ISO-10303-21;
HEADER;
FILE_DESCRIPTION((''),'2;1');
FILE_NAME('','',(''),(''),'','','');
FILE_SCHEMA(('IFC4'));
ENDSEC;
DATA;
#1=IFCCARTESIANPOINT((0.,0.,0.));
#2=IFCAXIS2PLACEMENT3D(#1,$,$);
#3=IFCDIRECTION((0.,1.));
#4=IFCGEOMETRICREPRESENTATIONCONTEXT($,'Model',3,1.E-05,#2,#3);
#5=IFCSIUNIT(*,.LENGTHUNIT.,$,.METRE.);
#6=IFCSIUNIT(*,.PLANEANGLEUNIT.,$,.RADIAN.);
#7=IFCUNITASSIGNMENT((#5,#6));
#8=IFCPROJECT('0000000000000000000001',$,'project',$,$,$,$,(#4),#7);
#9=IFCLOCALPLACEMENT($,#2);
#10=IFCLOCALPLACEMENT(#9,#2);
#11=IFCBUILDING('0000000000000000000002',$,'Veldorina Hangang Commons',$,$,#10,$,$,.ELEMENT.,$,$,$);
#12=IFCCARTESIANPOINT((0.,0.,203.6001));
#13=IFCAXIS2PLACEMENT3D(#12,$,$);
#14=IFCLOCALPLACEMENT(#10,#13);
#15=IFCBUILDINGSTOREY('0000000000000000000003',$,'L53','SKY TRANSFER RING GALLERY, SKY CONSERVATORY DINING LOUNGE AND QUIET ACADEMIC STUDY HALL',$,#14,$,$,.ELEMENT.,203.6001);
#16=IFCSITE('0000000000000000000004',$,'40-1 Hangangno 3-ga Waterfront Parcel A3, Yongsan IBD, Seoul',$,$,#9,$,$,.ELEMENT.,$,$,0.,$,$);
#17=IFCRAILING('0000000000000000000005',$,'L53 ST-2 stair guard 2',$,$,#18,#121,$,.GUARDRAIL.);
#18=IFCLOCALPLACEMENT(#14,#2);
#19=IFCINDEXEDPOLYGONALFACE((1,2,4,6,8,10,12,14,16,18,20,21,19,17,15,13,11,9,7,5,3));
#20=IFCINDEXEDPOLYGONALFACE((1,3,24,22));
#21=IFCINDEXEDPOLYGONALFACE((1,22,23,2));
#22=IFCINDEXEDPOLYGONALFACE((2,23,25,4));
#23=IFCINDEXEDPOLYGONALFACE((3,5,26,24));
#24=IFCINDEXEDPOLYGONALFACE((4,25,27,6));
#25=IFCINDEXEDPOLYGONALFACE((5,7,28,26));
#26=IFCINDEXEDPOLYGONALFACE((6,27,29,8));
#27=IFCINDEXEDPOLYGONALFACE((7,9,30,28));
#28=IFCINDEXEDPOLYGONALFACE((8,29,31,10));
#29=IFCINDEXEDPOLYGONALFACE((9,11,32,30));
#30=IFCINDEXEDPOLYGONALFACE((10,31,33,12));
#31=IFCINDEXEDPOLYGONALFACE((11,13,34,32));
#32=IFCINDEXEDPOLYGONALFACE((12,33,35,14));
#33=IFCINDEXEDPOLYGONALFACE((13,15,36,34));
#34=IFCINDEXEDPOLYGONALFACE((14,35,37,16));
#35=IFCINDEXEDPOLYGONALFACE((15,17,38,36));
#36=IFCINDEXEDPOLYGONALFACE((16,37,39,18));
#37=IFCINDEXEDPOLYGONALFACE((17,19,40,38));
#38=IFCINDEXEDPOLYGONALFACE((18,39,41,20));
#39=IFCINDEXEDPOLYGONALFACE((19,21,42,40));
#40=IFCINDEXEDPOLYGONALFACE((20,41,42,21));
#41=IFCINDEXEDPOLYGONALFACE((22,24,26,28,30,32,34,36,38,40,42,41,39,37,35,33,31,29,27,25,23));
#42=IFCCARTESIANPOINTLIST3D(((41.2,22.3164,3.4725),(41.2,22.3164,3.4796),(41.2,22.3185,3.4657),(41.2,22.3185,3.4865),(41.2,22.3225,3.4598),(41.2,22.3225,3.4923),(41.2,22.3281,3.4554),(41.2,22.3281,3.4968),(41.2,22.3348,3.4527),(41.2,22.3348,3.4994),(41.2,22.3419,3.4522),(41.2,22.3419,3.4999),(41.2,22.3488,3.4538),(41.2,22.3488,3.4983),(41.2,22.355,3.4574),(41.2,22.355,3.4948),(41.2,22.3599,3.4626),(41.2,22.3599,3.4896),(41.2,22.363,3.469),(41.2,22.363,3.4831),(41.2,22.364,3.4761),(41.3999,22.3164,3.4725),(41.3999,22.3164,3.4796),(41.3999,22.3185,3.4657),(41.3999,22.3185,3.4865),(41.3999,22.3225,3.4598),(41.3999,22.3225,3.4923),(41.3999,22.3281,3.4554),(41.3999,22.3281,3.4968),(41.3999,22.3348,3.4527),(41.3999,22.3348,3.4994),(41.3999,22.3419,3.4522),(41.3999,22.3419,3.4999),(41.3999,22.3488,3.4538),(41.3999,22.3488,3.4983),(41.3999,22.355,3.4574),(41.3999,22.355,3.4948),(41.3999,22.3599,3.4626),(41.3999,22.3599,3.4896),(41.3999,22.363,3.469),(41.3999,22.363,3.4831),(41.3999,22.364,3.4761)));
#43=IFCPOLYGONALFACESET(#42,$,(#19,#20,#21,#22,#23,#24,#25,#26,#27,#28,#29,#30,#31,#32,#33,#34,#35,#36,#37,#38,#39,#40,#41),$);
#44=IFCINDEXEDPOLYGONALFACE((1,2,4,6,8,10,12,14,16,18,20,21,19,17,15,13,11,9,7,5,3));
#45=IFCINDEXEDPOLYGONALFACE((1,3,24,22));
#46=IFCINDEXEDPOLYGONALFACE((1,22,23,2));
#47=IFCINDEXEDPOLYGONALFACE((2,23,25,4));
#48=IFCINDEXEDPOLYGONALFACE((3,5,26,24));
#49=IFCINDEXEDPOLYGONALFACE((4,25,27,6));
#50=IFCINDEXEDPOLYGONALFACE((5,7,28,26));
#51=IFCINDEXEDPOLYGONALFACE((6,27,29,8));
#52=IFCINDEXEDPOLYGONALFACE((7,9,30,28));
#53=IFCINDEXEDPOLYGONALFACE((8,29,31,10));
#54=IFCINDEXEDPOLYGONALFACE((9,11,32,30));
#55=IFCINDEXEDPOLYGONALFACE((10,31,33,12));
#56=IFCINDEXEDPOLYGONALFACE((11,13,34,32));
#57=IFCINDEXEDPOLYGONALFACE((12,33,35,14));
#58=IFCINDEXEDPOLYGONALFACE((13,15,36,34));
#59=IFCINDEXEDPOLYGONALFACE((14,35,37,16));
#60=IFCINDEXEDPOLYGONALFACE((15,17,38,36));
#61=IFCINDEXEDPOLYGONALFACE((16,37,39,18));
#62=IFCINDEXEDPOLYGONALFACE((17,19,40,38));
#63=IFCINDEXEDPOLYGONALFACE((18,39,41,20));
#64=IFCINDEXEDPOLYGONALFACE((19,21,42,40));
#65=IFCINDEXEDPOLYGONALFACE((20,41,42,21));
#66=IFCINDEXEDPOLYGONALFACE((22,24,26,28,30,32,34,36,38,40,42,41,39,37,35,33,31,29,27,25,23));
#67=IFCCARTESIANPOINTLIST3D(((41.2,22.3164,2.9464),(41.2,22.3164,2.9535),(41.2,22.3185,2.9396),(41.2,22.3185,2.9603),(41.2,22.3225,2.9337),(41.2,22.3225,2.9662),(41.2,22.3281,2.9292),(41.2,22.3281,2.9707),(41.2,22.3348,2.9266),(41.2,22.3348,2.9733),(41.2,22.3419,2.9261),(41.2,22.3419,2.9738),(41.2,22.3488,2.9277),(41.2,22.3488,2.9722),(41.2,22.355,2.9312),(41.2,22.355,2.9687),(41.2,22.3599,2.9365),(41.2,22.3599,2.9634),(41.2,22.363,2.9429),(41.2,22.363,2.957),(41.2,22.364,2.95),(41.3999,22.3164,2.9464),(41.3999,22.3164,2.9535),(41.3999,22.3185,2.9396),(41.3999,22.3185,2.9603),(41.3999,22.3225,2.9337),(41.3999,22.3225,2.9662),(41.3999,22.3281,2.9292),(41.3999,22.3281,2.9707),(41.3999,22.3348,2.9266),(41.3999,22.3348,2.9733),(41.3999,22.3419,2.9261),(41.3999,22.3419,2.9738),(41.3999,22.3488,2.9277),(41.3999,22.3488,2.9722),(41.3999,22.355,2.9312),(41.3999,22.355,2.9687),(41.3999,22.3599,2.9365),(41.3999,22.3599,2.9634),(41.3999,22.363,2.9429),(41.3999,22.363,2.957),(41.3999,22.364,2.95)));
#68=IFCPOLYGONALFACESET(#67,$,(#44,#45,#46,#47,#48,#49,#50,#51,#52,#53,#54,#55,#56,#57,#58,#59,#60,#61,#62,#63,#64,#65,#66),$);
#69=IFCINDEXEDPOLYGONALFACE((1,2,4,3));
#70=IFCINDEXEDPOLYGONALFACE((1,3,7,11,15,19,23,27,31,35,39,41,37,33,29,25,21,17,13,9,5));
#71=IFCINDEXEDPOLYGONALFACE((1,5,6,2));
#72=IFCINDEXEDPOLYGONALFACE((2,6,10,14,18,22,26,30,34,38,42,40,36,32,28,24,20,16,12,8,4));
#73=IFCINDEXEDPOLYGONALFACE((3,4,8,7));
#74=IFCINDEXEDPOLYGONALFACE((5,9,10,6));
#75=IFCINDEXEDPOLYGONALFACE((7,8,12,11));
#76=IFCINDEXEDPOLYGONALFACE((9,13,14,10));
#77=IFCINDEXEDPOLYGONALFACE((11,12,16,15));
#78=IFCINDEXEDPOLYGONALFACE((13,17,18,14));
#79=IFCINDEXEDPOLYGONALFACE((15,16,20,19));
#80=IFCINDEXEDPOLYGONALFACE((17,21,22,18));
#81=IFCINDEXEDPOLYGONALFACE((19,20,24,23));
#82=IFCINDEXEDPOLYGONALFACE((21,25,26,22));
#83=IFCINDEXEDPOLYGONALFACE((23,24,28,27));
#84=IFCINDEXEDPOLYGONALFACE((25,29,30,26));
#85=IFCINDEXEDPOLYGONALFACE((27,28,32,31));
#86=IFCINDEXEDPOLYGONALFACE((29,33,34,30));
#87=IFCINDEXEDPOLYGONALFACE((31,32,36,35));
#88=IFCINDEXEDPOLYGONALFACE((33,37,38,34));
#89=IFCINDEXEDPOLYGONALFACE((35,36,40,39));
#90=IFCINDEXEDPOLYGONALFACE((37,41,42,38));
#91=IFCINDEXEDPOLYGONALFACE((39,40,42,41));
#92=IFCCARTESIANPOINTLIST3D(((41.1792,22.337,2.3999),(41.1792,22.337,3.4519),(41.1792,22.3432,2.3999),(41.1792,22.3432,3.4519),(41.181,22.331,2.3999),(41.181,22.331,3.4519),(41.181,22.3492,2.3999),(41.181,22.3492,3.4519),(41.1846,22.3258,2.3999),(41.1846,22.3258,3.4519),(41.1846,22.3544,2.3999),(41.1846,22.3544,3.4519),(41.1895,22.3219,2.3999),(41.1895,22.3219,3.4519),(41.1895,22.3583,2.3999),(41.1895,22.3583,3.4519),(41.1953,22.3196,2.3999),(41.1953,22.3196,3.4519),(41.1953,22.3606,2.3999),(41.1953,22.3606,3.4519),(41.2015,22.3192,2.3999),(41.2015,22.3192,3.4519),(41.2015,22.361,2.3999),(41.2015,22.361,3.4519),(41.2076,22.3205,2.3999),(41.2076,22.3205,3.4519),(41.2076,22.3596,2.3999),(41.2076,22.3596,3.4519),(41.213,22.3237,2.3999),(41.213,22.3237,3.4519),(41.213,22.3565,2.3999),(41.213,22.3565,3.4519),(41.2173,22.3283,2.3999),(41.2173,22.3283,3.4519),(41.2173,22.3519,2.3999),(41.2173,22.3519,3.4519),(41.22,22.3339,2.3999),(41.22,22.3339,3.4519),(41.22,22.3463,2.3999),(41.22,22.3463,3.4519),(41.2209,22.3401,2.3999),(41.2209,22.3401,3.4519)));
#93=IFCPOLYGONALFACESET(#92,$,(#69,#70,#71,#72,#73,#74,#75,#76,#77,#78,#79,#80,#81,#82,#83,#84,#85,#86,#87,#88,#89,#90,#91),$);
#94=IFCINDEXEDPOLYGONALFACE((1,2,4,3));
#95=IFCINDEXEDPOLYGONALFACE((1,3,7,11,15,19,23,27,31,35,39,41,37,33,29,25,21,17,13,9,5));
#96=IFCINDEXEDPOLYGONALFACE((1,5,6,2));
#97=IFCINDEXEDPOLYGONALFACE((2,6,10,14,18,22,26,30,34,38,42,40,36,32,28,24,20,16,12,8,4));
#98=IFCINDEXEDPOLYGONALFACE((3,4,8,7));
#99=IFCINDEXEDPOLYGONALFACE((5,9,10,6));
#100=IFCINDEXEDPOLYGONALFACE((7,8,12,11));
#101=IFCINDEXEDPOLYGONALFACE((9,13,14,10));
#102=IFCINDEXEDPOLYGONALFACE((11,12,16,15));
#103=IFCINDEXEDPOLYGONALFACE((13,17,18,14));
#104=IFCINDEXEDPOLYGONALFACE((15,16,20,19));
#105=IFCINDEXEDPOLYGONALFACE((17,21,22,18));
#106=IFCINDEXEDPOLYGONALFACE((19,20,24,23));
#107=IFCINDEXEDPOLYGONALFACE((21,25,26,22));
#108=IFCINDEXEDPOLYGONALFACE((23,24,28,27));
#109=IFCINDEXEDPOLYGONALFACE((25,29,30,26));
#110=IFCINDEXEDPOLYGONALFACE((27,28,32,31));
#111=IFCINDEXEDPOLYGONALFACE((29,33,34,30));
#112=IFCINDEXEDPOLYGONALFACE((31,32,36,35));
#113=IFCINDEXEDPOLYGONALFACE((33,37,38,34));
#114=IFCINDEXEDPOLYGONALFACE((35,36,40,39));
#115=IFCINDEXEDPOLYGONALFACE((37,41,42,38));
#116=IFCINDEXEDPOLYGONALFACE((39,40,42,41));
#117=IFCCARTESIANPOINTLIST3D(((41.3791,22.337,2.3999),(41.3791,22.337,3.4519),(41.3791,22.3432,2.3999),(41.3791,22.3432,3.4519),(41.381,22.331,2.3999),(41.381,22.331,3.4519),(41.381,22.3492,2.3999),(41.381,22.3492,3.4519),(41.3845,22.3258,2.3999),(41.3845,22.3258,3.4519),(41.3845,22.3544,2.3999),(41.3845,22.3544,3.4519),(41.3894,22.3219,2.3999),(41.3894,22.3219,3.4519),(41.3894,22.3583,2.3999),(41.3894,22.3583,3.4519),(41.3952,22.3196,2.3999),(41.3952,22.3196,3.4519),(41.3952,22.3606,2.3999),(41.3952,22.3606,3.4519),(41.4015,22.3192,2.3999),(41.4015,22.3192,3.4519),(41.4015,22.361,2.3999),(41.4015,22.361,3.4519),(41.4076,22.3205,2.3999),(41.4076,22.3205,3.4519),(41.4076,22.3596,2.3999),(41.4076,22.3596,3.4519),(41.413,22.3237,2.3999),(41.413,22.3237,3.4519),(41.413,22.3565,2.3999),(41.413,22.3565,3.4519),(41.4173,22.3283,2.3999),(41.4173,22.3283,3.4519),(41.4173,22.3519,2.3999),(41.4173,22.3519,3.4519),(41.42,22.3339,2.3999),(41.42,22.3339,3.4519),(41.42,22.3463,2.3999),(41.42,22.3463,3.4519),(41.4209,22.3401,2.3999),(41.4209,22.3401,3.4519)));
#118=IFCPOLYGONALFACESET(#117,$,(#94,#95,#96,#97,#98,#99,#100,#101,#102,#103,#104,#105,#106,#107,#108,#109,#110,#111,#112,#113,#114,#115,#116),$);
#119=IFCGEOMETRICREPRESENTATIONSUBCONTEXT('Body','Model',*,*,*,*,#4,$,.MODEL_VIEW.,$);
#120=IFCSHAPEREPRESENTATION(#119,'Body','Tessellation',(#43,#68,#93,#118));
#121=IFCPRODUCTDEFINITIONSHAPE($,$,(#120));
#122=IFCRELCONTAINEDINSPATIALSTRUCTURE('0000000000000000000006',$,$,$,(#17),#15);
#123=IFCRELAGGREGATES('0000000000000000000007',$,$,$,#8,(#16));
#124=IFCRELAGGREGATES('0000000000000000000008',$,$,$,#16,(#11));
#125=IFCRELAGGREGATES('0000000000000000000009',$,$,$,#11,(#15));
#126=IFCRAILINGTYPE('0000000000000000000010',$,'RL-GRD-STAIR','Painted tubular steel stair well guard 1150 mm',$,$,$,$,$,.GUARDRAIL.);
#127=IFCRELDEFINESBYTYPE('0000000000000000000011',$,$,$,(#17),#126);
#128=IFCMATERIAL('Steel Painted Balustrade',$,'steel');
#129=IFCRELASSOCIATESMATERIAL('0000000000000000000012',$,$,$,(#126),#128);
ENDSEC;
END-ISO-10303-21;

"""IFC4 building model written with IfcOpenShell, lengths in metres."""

from ifc_helpers import new_model, si_unit, direction, frame, origin, origin_2d, place, context, subcontext, project, spatial, circle, extrude, material, type_object, element, save


model = new_model("IFC4")

# Units and contexts
model_context = context("Model", 3, precision=1e-05, world=origin(), true_north=direction((0.0, 1.0)))
body_context = subcontext(model_context, "Body", "Model", "MODEL_VIEW")
ifc_project = project(units=[si_unit("LENGTHUNIT", "METRE"), si_unit("PLANEANGLEUNIT", "RADIAN")], contexts=[model_context])

# Site, building, storey
site_placement = place(None, origin())
site = spatial("IfcSite", under=ifc_project, at=site_placement, Name="40-1 Hangangno 3-ga Waterfront Parcel A3, Yongsan IBD, Seoul", CompositionType="ELEMENT", RefElevation=0.0)
building_placement = place(site_placement, origin())
building = spatial("IfcBuilding", under=site, at=building_placement, Name="Veldorina Hangang Commons", CompositionType="ELEMENT")
storey_placement = place(building_placement, frame((0.0, 0.0, 203.6001)))
storey = spatial("IfcBuildingStorey", under=building, at=storey_placement, Name="L53", Description="SKY TRANSFER RING GALLERY, SKY CONSERVATORY DINING LOUNGE AND QUIET ACADEMIC STUDY HALL", CompositionType="ELEMENT", Elevation=203.6001)

# Railing
ifc_material_1 = material(Name="Steel Painted Balustrade", Category="steel")
railing_type = type_object("IfcRailingType", Name="RL-GRD-STAIR", Description="Painted tubular steel stair well guard 1150 mm", PredefinedType="GUARDRAIL", material=ifc_material_1)
railing_1_placement = place(storey_placement, frame((41.2, 22.3401, 2.3999)))
element("IfcRailing", 1, at=railing_1_placement, inside=storey, type_object=railing_type, Name="L53 ST-2 stair guard 2", PredefinedType="GUARDRAIL", context=body_context, shape_type="SweptSolid", body=[
    extrude(circle(Radius=0.0239, at=origin_2d()), frame((0.0, 0.0, 1.0762), z_axis=(1.0, 0.0, 0.0), x_axis=(0.0, 1.0, 0.0)), (0.0, 0.0, 1.0), 0.2),
    extrude(circle(Radius=0.0239, at=origin_2d()), frame((0.0, 0.0, 0.55), z_axis=(1.0, 0.0, 0.0), x_axis=(0.0, 1.0, 0.0)), (0.0, 0.0, 1.0), 0.2),
    extrude(circle(Radius=0.021, at=origin_2d()), origin(), (0.0, 0.0, 1.0), 1.052),
    extrude(circle(Radius=0.021, at=origin_2d()), frame((0.2, 0.0, 0.0)), (0.0, 0.0, 1.0), 1.052),
])

save(model, "model.ifc")
